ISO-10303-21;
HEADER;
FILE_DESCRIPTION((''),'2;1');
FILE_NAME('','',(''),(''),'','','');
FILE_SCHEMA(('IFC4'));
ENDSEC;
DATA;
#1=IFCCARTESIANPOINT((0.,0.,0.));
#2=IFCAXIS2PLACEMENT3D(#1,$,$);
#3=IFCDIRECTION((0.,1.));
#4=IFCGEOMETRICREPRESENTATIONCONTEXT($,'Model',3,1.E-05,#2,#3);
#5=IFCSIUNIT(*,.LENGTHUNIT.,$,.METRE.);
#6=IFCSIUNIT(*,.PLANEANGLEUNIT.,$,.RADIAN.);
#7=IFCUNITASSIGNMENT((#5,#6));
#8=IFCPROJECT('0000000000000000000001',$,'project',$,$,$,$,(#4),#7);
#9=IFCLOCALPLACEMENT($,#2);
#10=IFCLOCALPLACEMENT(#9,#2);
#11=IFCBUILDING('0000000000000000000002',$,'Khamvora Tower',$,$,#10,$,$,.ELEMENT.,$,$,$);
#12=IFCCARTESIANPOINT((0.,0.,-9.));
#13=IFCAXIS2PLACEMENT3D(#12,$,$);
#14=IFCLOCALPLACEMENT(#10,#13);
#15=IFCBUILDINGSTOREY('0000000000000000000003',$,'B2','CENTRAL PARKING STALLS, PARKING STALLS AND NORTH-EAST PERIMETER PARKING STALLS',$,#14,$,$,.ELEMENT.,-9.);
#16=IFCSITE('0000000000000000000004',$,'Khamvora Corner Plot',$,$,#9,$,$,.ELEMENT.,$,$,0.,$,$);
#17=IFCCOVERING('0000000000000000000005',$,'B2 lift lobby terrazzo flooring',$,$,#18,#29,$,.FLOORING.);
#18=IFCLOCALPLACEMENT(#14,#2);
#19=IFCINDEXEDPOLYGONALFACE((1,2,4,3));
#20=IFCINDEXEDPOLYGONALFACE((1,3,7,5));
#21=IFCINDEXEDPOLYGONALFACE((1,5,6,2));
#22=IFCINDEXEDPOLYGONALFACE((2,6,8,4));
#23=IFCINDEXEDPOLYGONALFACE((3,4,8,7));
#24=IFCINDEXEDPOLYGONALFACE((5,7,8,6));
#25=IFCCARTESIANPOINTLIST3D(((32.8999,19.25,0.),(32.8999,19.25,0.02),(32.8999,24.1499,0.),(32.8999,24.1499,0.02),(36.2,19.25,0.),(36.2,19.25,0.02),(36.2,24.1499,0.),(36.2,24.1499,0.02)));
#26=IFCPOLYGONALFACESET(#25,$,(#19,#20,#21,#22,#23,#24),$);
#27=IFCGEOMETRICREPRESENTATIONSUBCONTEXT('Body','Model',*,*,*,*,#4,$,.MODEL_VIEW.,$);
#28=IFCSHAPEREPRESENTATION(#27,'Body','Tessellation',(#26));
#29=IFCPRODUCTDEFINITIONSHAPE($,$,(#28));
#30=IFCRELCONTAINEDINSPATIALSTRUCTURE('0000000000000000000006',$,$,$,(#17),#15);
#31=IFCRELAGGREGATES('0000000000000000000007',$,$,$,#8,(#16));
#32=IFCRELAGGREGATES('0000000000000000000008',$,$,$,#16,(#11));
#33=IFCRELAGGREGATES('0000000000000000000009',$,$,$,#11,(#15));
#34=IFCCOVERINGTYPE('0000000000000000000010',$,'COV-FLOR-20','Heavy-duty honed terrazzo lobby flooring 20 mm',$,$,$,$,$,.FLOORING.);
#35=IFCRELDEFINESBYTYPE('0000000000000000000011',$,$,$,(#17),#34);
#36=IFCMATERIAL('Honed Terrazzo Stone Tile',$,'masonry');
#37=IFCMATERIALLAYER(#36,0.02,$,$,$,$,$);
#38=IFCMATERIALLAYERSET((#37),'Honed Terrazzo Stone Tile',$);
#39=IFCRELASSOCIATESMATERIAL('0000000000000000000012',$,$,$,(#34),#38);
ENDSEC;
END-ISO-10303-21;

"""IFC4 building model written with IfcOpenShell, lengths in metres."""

from ifc_helpers import new_model, si_unit, direction, frame, origin, place, context, subcontext, project, spatial, polyline, outline, extrude, material, layer, layer_set, type_object, element, save


model = new_model("IFC4")

# Units and contexts
model_context = context("Model", 3, precision=1e-05, world=origin(), true_north=direction((0.0, 1.0)))
body_context = subcontext(model_context, "Body", "Model", "MODEL_VIEW")
ifc_project = project(units=[si_unit("LENGTHUNIT", "METRE"), si_unit("PLANEANGLEUNIT", "RADIAN")], contexts=[model_context])

# Site, building, storey
site_placement = place(None, origin())
site = spatial("IfcSite", under=ifc_project, at=site_placement, Name="Khamvora Corner Plot", CompositionType="ELEMENT", RefElevation=0.0)
building_placement = place(site_placement, origin())
building = spatial("IfcBuilding", under=site, at=building_placement, Name="Khamvora Tower", CompositionType="ELEMENT")
storey_placement = place(building_placement, frame((0.0, 0.0, -9.0)))
storey = spatial("IfcBuildingStorey", under=building, at=storey_placement, Name="B2", Description="CENTRAL PARKING STALLS, PARKING STALLS AND NORTH-EAST PERIMETER PARKING STALLS", CompositionType="ELEMENT", Elevation=-9.0)

# Covering
ifc_material_1 = material(Name="Honed Terrazzo Stone Tile", Category="masonry")
ifc_layer_1 = layer(ifc_material_1, 0.02)
ifc_layer_set_1 = layer_set([ifc_layer_1], Name="Honed Terrazzo Stone Tile")
covering_type_1 = type_object("IfcCoveringType", Name="COV-FLOR-20", Description="Heavy-duty honed terrazzo lobby flooring 20 mm", PredefinedType="FLOORING", material=ifc_layer_set_1)
covering_1_placement = place(storey_placement, origin())
element("IfcCovering", 1, at=covering_1_placement, inside=storey, type_object=covering_type_1, Name="B2 lift lobby terrazzo flooring", PredefinedType="FLOORING", context=body_context, shape_type="SweptSolid", body=[
    extrude(outline(polyline([(32.8999, 19.25), (36.2, 19.25), (36.2, 24.1499), (32.8999, 24.1499), (32.8999, 19.25)])), origin(), (0.0, 0.0, 1.0), 0.02),
])

save(model, "model.ifc")
